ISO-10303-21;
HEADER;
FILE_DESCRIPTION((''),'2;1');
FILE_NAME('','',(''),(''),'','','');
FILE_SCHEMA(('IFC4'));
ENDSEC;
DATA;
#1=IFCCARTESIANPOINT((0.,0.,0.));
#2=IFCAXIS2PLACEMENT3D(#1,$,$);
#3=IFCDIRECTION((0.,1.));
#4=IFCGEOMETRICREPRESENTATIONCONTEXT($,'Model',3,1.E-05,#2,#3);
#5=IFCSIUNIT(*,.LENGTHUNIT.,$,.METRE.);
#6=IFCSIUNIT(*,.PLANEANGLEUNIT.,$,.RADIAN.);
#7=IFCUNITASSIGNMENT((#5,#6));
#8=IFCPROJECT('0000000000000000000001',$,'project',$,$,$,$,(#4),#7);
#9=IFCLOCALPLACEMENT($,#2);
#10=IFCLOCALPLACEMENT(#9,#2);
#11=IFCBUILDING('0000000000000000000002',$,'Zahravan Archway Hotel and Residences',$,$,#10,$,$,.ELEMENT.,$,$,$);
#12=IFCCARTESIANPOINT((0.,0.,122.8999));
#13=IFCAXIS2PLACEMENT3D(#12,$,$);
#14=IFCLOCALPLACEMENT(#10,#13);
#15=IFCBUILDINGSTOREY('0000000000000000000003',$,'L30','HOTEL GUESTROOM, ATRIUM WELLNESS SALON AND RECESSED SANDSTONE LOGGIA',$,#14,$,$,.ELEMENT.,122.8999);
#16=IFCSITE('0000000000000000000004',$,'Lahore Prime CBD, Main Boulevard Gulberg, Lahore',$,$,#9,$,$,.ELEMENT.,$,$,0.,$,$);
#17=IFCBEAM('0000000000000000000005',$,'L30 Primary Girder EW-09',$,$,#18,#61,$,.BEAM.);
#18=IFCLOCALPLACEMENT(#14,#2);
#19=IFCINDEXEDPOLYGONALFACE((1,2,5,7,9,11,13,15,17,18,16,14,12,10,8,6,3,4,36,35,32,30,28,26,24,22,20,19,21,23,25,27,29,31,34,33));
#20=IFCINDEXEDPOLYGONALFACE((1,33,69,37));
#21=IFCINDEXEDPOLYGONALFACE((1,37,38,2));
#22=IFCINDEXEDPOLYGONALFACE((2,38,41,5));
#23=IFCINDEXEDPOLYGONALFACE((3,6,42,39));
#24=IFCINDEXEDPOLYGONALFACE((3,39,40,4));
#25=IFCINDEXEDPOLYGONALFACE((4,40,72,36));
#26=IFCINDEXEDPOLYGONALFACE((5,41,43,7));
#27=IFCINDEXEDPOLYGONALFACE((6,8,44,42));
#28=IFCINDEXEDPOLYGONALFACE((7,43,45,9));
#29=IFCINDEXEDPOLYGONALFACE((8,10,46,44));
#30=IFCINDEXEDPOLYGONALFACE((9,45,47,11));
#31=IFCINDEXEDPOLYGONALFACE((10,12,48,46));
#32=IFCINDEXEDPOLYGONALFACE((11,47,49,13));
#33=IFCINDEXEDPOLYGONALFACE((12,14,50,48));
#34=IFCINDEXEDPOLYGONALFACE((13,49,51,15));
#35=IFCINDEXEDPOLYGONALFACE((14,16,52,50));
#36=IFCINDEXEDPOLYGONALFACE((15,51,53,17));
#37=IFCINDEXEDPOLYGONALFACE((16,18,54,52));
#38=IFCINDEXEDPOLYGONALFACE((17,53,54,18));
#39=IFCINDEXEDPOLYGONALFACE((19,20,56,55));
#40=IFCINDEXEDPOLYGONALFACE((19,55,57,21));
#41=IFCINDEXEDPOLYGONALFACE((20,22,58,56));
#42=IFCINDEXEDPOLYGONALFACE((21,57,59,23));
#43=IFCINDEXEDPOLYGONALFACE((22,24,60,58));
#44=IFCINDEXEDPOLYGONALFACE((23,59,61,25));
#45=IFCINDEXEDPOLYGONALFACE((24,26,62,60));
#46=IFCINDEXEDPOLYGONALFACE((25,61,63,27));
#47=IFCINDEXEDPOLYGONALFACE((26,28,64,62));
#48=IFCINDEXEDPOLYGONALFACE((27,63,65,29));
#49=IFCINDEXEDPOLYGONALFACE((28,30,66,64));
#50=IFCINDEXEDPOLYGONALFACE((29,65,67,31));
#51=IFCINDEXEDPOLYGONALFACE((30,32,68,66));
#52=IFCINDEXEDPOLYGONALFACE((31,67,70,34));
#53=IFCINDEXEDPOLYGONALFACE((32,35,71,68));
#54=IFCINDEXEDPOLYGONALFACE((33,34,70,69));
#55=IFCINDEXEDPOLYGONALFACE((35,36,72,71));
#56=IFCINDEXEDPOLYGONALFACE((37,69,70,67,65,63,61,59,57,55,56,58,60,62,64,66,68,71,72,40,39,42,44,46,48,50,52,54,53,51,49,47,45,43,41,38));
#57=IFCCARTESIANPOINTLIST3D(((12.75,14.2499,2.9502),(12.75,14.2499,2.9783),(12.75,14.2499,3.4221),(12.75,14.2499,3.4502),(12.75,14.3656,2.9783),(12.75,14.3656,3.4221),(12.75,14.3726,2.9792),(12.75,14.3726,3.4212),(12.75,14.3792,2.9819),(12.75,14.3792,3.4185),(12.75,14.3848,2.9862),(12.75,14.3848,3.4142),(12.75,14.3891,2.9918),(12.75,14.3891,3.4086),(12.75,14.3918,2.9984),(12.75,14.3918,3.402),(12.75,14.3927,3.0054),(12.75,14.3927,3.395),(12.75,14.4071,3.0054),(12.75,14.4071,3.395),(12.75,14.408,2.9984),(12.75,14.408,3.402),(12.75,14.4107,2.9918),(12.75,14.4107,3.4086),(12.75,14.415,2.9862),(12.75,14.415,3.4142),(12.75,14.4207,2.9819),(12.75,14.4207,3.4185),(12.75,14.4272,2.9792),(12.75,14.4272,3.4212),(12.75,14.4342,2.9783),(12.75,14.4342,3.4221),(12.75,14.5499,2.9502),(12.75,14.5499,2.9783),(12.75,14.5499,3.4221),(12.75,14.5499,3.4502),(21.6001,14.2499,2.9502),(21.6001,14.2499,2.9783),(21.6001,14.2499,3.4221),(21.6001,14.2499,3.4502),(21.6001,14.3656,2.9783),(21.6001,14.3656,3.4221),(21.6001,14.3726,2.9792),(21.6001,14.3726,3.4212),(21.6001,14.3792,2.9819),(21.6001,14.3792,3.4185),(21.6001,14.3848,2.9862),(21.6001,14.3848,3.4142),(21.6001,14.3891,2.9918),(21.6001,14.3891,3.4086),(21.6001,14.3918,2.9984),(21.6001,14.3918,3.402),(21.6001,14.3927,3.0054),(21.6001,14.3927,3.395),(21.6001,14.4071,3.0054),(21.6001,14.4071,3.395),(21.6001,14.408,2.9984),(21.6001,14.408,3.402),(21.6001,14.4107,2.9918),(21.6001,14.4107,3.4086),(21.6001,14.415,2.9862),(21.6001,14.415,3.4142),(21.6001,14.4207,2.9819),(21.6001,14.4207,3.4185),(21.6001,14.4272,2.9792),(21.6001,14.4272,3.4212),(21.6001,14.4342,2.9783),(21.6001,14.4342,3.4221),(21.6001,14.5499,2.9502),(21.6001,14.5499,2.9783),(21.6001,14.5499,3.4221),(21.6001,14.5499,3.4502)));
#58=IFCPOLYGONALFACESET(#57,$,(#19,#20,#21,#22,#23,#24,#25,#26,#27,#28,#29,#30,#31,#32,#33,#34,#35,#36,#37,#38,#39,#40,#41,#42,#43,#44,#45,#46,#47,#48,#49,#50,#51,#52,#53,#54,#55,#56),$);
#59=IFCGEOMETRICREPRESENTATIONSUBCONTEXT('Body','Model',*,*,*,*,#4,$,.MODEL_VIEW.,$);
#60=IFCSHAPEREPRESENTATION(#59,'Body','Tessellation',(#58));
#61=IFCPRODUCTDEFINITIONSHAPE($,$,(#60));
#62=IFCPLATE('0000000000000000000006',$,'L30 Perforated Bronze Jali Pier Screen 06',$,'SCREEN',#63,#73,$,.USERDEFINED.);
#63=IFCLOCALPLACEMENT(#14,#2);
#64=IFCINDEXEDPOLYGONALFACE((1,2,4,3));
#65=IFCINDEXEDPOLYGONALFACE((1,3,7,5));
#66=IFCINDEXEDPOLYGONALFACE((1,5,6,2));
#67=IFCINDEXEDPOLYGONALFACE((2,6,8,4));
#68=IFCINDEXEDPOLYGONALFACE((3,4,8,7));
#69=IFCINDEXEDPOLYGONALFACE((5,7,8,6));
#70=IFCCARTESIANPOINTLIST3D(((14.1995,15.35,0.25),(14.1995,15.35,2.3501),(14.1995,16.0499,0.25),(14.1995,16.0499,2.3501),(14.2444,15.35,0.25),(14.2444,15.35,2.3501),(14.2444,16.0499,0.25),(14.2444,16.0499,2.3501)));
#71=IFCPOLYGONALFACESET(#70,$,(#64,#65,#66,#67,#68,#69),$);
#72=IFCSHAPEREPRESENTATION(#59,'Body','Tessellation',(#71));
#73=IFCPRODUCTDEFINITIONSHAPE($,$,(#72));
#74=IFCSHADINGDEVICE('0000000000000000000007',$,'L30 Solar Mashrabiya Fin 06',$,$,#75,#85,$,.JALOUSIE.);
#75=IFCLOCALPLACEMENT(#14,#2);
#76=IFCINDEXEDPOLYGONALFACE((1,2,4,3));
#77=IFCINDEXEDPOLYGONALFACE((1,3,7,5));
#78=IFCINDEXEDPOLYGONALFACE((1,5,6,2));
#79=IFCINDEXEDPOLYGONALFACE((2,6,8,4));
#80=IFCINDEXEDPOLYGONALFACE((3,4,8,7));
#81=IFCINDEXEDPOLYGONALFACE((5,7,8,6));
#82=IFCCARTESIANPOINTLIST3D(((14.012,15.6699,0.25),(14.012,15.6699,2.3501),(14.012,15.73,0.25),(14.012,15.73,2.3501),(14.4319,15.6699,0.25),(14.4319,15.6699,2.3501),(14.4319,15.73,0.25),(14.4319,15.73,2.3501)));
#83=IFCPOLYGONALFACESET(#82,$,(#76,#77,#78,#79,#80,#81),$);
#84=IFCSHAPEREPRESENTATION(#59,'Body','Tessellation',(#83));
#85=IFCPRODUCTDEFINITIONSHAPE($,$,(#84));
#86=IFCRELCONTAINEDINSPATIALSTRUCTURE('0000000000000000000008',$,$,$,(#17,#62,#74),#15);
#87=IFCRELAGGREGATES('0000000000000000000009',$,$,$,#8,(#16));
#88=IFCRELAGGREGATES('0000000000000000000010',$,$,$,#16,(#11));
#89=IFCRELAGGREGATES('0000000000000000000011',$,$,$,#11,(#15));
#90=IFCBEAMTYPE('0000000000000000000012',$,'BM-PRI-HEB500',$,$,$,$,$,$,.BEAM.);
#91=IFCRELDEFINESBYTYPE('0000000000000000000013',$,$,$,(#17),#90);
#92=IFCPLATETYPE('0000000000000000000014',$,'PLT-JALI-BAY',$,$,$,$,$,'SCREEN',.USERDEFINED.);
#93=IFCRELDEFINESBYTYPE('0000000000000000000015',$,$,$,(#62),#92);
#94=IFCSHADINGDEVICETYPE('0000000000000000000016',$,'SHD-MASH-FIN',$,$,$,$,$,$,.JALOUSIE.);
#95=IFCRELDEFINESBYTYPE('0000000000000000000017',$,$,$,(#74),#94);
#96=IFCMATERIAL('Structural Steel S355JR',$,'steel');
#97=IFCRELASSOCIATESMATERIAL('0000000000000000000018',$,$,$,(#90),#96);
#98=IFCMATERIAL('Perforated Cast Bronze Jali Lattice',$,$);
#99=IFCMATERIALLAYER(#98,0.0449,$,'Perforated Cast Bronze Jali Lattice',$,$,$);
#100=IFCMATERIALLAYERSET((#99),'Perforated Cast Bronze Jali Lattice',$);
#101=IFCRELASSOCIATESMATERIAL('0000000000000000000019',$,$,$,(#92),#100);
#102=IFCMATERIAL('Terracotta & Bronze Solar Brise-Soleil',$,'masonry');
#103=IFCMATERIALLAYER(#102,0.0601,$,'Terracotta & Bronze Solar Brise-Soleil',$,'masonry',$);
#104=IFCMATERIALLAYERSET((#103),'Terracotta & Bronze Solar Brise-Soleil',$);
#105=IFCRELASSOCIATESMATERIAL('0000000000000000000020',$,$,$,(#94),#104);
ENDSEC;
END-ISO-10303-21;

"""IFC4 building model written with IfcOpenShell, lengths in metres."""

from ifc_helpers import new_model, si_unit, direction, frame, origin, origin_2d, place, context, subcontext, project, spatial, rectangle, i_section, extrude, source, transform, mapped, material, layer, layer_set, material_profile, profile_set, type_object, type_shapes, element, save


model = new_model("IFC4")

# Units and contexts
model_context = context("Model", 3, precision=1e-05, world=origin(), true_north=direction((0.0, 1.0)))
body_context = subcontext(model_context, "Body", "Model", "MODEL_VIEW")
ifc_project = project(units=[si_unit("LENGTHUNIT", "METRE"), si_unit("PLANEANGLEUNIT", "RADIAN")], contexts=[model_context])

# Site, building, storey
site_placement = place(None, origin())
site = spatial("IfcSite", under=ifc_project, at=site_placement, Name="Lahore Prime CBD, Main Boulevard Gulberg, Lahore", CompositionType="ELEMENT", RefElevation=0.0)
building_placement = place(site_placement, origin())
building = spatial("IfcBuilding", under=site, at=building_placement, Name="Zahravan Archway Hotel and Residences", CompositionType="ELEMENT")
storey_placement = place(building_placement, frame((0.0, 0.0, 122.8999)))
storey = spatial("IfcBuildingStorey", under=building, at=storey_placement, Name="L30", Description="HOTEL GUESTROOM, ATRIUM WELLNESS SALON AND RECESSED SANDSTONE LOGGIA", CompositionType="ELEMENT", Elevation=122.8999)

# Beam
ifc_material_1 = material(Name="Structural Steel S355JR", Category="steel")
ifc_material_profile_1 = material_profile(ifc_material_1, i_section(OverallWidth=0.3, OverallDepth=0.5, WebThickness=0.0144, FlangeThickness=0.0281, FilletRadius=0.0271, at=origin_2d()), Name="HEB 500", Category="steel")
ifc_profile_set_1 = profile_set([ifc_material_profile_1], Name="Structural Steel S355JR")
beam_type = type_object("IfcBeamType", Name="BM-PRI-HEB500", PredefinedType="BEAM", material=ifc_profile_set_1)
shared_shape_1 = source(origin(), body_context, "Body", "SweptSolid", [
    extrude(i_section(OverallWidth=0.3, OverallDepth=0.5, WebThickness=0.0144, FlangeThickness=0.0281, FilletRadius=0.0271, at=origin_2d()), origin(), (0.0, 0.0, 1.0), 8.8501),
])
for number, where, z_axis, x_axis, name in (
    (1, (12.75, 14.3999, 3.2002), (1.0, 0.0, 0.0), (0.0, 1.0, 0.0), "L30 Primary Girder EW-09"),
):
    element("IfcBeam", number, at=place(storey_placement, frame(where, z_axis=z_axis, x_axis=x_axis)), inside=storey, type_object=beam_type, Name=name, PredefinedType="BEAM", context=body_context, shape_type="MappedRepresentation", body=[
        mapped(shared_shape_1, transform((0.0, 0.0, 0.0), scale=1.0)),
    ])

# Plate
ifc_material_2 = material(Name="Perforated Cast Bronze Jali Lattice")
ifc_layer_1 = layer(ifc_material_2, 0.0449, Name="Perforated Cast Bronze Jali Lattice")
ifc_layer_set_1 = layer_set([ifc_layer_1], Name="Perforated Cast Bronze Jali Lattice")
plate_type = type_object("IfcPlateType", Name="PLT-JALI-BAY", ElementType="SCREEN", PredefinedType="USERDEFINED", material=ifc_layer_set_1)
shared_shape_2 = source(origin(), body_context, "Body", "SweptSolid", [
    extrude(rectangle(XDim=0.7, YDim=0.0449, at=origin_2d()), origin(), (0.0, 0.0, 1.0), 2.1001),
])
type_shapes(plate_type, [shared_shape_2])
plate_placement = place(storey_placement, frame((14.2219, 15.7, 0.25), z_axis=(0.0, 0.0, 1.0), x_axis=(0.0, 1.0, 0.0)))
element("IfcPlate", 2, at=plate_placement, inside=storey, type_object=plate_type, Name="L30 Perforated Bronze Jali Pier Screen 06", ObjectType="SCREEN", PredefinedType="USERDEFINED", context=body_context, shape_type="MappedRepresentation", body=[
    mapped(shared_shape_2, transform((0.0, 0.0, 0.0), scale=1.0)),
])

# Shading device
ifc_material_3 = material(Name="Terracotta & Bronze Solar Brise-Soleil", Category="masonry")
ifc_layer_2 = layer(ifc_material_3, 0.0601, Name="Terracotta & Bronze Solar Brise-Soleil", Category="masonry")
ifc_layer_set_2 = layer_set([ifc_layer_2], Name="Terracotta & Bronze Solar Brise-Soleil")
shading_device_type = type_object("IfcShadingDeviceType", Name="SHD-MASH-FIN", PredefinedType="JALOUSIE", material=ifc_layer_set_2)
shared_shape_3 = source(origin(), body_context, "Body", "SweptSolid", [
    extrude(rectangle(XDim=0.0601, YDim=0.4199, at=origin_2d()), origin(), (0.0, 0.0, 1.0), 2.1001),
])
type_shapes(shading_device_type, [shared_shape_3])
shading_device_placement = place(storey_placement, frame((14.2219, 15.7, 0.25), z_axis=(0.0, 0.0, 1.0), x_axis=(0.0, 1.0, 0.0)))
element("IfcShadingDevice", 3, at=shading_device_placement, inside=storey, type_object=shading_device_type, Name="L30 Solar Mashrabiya Fin 06", PredefinedType="JALOUSIE", context=body_context, shape_type="MappedRepresentation", body=[
    mapped(shared_shape_3, transform((0.0, 0.0, 0.0), scale=1.0)),
])

save(model, "model.ifc")
